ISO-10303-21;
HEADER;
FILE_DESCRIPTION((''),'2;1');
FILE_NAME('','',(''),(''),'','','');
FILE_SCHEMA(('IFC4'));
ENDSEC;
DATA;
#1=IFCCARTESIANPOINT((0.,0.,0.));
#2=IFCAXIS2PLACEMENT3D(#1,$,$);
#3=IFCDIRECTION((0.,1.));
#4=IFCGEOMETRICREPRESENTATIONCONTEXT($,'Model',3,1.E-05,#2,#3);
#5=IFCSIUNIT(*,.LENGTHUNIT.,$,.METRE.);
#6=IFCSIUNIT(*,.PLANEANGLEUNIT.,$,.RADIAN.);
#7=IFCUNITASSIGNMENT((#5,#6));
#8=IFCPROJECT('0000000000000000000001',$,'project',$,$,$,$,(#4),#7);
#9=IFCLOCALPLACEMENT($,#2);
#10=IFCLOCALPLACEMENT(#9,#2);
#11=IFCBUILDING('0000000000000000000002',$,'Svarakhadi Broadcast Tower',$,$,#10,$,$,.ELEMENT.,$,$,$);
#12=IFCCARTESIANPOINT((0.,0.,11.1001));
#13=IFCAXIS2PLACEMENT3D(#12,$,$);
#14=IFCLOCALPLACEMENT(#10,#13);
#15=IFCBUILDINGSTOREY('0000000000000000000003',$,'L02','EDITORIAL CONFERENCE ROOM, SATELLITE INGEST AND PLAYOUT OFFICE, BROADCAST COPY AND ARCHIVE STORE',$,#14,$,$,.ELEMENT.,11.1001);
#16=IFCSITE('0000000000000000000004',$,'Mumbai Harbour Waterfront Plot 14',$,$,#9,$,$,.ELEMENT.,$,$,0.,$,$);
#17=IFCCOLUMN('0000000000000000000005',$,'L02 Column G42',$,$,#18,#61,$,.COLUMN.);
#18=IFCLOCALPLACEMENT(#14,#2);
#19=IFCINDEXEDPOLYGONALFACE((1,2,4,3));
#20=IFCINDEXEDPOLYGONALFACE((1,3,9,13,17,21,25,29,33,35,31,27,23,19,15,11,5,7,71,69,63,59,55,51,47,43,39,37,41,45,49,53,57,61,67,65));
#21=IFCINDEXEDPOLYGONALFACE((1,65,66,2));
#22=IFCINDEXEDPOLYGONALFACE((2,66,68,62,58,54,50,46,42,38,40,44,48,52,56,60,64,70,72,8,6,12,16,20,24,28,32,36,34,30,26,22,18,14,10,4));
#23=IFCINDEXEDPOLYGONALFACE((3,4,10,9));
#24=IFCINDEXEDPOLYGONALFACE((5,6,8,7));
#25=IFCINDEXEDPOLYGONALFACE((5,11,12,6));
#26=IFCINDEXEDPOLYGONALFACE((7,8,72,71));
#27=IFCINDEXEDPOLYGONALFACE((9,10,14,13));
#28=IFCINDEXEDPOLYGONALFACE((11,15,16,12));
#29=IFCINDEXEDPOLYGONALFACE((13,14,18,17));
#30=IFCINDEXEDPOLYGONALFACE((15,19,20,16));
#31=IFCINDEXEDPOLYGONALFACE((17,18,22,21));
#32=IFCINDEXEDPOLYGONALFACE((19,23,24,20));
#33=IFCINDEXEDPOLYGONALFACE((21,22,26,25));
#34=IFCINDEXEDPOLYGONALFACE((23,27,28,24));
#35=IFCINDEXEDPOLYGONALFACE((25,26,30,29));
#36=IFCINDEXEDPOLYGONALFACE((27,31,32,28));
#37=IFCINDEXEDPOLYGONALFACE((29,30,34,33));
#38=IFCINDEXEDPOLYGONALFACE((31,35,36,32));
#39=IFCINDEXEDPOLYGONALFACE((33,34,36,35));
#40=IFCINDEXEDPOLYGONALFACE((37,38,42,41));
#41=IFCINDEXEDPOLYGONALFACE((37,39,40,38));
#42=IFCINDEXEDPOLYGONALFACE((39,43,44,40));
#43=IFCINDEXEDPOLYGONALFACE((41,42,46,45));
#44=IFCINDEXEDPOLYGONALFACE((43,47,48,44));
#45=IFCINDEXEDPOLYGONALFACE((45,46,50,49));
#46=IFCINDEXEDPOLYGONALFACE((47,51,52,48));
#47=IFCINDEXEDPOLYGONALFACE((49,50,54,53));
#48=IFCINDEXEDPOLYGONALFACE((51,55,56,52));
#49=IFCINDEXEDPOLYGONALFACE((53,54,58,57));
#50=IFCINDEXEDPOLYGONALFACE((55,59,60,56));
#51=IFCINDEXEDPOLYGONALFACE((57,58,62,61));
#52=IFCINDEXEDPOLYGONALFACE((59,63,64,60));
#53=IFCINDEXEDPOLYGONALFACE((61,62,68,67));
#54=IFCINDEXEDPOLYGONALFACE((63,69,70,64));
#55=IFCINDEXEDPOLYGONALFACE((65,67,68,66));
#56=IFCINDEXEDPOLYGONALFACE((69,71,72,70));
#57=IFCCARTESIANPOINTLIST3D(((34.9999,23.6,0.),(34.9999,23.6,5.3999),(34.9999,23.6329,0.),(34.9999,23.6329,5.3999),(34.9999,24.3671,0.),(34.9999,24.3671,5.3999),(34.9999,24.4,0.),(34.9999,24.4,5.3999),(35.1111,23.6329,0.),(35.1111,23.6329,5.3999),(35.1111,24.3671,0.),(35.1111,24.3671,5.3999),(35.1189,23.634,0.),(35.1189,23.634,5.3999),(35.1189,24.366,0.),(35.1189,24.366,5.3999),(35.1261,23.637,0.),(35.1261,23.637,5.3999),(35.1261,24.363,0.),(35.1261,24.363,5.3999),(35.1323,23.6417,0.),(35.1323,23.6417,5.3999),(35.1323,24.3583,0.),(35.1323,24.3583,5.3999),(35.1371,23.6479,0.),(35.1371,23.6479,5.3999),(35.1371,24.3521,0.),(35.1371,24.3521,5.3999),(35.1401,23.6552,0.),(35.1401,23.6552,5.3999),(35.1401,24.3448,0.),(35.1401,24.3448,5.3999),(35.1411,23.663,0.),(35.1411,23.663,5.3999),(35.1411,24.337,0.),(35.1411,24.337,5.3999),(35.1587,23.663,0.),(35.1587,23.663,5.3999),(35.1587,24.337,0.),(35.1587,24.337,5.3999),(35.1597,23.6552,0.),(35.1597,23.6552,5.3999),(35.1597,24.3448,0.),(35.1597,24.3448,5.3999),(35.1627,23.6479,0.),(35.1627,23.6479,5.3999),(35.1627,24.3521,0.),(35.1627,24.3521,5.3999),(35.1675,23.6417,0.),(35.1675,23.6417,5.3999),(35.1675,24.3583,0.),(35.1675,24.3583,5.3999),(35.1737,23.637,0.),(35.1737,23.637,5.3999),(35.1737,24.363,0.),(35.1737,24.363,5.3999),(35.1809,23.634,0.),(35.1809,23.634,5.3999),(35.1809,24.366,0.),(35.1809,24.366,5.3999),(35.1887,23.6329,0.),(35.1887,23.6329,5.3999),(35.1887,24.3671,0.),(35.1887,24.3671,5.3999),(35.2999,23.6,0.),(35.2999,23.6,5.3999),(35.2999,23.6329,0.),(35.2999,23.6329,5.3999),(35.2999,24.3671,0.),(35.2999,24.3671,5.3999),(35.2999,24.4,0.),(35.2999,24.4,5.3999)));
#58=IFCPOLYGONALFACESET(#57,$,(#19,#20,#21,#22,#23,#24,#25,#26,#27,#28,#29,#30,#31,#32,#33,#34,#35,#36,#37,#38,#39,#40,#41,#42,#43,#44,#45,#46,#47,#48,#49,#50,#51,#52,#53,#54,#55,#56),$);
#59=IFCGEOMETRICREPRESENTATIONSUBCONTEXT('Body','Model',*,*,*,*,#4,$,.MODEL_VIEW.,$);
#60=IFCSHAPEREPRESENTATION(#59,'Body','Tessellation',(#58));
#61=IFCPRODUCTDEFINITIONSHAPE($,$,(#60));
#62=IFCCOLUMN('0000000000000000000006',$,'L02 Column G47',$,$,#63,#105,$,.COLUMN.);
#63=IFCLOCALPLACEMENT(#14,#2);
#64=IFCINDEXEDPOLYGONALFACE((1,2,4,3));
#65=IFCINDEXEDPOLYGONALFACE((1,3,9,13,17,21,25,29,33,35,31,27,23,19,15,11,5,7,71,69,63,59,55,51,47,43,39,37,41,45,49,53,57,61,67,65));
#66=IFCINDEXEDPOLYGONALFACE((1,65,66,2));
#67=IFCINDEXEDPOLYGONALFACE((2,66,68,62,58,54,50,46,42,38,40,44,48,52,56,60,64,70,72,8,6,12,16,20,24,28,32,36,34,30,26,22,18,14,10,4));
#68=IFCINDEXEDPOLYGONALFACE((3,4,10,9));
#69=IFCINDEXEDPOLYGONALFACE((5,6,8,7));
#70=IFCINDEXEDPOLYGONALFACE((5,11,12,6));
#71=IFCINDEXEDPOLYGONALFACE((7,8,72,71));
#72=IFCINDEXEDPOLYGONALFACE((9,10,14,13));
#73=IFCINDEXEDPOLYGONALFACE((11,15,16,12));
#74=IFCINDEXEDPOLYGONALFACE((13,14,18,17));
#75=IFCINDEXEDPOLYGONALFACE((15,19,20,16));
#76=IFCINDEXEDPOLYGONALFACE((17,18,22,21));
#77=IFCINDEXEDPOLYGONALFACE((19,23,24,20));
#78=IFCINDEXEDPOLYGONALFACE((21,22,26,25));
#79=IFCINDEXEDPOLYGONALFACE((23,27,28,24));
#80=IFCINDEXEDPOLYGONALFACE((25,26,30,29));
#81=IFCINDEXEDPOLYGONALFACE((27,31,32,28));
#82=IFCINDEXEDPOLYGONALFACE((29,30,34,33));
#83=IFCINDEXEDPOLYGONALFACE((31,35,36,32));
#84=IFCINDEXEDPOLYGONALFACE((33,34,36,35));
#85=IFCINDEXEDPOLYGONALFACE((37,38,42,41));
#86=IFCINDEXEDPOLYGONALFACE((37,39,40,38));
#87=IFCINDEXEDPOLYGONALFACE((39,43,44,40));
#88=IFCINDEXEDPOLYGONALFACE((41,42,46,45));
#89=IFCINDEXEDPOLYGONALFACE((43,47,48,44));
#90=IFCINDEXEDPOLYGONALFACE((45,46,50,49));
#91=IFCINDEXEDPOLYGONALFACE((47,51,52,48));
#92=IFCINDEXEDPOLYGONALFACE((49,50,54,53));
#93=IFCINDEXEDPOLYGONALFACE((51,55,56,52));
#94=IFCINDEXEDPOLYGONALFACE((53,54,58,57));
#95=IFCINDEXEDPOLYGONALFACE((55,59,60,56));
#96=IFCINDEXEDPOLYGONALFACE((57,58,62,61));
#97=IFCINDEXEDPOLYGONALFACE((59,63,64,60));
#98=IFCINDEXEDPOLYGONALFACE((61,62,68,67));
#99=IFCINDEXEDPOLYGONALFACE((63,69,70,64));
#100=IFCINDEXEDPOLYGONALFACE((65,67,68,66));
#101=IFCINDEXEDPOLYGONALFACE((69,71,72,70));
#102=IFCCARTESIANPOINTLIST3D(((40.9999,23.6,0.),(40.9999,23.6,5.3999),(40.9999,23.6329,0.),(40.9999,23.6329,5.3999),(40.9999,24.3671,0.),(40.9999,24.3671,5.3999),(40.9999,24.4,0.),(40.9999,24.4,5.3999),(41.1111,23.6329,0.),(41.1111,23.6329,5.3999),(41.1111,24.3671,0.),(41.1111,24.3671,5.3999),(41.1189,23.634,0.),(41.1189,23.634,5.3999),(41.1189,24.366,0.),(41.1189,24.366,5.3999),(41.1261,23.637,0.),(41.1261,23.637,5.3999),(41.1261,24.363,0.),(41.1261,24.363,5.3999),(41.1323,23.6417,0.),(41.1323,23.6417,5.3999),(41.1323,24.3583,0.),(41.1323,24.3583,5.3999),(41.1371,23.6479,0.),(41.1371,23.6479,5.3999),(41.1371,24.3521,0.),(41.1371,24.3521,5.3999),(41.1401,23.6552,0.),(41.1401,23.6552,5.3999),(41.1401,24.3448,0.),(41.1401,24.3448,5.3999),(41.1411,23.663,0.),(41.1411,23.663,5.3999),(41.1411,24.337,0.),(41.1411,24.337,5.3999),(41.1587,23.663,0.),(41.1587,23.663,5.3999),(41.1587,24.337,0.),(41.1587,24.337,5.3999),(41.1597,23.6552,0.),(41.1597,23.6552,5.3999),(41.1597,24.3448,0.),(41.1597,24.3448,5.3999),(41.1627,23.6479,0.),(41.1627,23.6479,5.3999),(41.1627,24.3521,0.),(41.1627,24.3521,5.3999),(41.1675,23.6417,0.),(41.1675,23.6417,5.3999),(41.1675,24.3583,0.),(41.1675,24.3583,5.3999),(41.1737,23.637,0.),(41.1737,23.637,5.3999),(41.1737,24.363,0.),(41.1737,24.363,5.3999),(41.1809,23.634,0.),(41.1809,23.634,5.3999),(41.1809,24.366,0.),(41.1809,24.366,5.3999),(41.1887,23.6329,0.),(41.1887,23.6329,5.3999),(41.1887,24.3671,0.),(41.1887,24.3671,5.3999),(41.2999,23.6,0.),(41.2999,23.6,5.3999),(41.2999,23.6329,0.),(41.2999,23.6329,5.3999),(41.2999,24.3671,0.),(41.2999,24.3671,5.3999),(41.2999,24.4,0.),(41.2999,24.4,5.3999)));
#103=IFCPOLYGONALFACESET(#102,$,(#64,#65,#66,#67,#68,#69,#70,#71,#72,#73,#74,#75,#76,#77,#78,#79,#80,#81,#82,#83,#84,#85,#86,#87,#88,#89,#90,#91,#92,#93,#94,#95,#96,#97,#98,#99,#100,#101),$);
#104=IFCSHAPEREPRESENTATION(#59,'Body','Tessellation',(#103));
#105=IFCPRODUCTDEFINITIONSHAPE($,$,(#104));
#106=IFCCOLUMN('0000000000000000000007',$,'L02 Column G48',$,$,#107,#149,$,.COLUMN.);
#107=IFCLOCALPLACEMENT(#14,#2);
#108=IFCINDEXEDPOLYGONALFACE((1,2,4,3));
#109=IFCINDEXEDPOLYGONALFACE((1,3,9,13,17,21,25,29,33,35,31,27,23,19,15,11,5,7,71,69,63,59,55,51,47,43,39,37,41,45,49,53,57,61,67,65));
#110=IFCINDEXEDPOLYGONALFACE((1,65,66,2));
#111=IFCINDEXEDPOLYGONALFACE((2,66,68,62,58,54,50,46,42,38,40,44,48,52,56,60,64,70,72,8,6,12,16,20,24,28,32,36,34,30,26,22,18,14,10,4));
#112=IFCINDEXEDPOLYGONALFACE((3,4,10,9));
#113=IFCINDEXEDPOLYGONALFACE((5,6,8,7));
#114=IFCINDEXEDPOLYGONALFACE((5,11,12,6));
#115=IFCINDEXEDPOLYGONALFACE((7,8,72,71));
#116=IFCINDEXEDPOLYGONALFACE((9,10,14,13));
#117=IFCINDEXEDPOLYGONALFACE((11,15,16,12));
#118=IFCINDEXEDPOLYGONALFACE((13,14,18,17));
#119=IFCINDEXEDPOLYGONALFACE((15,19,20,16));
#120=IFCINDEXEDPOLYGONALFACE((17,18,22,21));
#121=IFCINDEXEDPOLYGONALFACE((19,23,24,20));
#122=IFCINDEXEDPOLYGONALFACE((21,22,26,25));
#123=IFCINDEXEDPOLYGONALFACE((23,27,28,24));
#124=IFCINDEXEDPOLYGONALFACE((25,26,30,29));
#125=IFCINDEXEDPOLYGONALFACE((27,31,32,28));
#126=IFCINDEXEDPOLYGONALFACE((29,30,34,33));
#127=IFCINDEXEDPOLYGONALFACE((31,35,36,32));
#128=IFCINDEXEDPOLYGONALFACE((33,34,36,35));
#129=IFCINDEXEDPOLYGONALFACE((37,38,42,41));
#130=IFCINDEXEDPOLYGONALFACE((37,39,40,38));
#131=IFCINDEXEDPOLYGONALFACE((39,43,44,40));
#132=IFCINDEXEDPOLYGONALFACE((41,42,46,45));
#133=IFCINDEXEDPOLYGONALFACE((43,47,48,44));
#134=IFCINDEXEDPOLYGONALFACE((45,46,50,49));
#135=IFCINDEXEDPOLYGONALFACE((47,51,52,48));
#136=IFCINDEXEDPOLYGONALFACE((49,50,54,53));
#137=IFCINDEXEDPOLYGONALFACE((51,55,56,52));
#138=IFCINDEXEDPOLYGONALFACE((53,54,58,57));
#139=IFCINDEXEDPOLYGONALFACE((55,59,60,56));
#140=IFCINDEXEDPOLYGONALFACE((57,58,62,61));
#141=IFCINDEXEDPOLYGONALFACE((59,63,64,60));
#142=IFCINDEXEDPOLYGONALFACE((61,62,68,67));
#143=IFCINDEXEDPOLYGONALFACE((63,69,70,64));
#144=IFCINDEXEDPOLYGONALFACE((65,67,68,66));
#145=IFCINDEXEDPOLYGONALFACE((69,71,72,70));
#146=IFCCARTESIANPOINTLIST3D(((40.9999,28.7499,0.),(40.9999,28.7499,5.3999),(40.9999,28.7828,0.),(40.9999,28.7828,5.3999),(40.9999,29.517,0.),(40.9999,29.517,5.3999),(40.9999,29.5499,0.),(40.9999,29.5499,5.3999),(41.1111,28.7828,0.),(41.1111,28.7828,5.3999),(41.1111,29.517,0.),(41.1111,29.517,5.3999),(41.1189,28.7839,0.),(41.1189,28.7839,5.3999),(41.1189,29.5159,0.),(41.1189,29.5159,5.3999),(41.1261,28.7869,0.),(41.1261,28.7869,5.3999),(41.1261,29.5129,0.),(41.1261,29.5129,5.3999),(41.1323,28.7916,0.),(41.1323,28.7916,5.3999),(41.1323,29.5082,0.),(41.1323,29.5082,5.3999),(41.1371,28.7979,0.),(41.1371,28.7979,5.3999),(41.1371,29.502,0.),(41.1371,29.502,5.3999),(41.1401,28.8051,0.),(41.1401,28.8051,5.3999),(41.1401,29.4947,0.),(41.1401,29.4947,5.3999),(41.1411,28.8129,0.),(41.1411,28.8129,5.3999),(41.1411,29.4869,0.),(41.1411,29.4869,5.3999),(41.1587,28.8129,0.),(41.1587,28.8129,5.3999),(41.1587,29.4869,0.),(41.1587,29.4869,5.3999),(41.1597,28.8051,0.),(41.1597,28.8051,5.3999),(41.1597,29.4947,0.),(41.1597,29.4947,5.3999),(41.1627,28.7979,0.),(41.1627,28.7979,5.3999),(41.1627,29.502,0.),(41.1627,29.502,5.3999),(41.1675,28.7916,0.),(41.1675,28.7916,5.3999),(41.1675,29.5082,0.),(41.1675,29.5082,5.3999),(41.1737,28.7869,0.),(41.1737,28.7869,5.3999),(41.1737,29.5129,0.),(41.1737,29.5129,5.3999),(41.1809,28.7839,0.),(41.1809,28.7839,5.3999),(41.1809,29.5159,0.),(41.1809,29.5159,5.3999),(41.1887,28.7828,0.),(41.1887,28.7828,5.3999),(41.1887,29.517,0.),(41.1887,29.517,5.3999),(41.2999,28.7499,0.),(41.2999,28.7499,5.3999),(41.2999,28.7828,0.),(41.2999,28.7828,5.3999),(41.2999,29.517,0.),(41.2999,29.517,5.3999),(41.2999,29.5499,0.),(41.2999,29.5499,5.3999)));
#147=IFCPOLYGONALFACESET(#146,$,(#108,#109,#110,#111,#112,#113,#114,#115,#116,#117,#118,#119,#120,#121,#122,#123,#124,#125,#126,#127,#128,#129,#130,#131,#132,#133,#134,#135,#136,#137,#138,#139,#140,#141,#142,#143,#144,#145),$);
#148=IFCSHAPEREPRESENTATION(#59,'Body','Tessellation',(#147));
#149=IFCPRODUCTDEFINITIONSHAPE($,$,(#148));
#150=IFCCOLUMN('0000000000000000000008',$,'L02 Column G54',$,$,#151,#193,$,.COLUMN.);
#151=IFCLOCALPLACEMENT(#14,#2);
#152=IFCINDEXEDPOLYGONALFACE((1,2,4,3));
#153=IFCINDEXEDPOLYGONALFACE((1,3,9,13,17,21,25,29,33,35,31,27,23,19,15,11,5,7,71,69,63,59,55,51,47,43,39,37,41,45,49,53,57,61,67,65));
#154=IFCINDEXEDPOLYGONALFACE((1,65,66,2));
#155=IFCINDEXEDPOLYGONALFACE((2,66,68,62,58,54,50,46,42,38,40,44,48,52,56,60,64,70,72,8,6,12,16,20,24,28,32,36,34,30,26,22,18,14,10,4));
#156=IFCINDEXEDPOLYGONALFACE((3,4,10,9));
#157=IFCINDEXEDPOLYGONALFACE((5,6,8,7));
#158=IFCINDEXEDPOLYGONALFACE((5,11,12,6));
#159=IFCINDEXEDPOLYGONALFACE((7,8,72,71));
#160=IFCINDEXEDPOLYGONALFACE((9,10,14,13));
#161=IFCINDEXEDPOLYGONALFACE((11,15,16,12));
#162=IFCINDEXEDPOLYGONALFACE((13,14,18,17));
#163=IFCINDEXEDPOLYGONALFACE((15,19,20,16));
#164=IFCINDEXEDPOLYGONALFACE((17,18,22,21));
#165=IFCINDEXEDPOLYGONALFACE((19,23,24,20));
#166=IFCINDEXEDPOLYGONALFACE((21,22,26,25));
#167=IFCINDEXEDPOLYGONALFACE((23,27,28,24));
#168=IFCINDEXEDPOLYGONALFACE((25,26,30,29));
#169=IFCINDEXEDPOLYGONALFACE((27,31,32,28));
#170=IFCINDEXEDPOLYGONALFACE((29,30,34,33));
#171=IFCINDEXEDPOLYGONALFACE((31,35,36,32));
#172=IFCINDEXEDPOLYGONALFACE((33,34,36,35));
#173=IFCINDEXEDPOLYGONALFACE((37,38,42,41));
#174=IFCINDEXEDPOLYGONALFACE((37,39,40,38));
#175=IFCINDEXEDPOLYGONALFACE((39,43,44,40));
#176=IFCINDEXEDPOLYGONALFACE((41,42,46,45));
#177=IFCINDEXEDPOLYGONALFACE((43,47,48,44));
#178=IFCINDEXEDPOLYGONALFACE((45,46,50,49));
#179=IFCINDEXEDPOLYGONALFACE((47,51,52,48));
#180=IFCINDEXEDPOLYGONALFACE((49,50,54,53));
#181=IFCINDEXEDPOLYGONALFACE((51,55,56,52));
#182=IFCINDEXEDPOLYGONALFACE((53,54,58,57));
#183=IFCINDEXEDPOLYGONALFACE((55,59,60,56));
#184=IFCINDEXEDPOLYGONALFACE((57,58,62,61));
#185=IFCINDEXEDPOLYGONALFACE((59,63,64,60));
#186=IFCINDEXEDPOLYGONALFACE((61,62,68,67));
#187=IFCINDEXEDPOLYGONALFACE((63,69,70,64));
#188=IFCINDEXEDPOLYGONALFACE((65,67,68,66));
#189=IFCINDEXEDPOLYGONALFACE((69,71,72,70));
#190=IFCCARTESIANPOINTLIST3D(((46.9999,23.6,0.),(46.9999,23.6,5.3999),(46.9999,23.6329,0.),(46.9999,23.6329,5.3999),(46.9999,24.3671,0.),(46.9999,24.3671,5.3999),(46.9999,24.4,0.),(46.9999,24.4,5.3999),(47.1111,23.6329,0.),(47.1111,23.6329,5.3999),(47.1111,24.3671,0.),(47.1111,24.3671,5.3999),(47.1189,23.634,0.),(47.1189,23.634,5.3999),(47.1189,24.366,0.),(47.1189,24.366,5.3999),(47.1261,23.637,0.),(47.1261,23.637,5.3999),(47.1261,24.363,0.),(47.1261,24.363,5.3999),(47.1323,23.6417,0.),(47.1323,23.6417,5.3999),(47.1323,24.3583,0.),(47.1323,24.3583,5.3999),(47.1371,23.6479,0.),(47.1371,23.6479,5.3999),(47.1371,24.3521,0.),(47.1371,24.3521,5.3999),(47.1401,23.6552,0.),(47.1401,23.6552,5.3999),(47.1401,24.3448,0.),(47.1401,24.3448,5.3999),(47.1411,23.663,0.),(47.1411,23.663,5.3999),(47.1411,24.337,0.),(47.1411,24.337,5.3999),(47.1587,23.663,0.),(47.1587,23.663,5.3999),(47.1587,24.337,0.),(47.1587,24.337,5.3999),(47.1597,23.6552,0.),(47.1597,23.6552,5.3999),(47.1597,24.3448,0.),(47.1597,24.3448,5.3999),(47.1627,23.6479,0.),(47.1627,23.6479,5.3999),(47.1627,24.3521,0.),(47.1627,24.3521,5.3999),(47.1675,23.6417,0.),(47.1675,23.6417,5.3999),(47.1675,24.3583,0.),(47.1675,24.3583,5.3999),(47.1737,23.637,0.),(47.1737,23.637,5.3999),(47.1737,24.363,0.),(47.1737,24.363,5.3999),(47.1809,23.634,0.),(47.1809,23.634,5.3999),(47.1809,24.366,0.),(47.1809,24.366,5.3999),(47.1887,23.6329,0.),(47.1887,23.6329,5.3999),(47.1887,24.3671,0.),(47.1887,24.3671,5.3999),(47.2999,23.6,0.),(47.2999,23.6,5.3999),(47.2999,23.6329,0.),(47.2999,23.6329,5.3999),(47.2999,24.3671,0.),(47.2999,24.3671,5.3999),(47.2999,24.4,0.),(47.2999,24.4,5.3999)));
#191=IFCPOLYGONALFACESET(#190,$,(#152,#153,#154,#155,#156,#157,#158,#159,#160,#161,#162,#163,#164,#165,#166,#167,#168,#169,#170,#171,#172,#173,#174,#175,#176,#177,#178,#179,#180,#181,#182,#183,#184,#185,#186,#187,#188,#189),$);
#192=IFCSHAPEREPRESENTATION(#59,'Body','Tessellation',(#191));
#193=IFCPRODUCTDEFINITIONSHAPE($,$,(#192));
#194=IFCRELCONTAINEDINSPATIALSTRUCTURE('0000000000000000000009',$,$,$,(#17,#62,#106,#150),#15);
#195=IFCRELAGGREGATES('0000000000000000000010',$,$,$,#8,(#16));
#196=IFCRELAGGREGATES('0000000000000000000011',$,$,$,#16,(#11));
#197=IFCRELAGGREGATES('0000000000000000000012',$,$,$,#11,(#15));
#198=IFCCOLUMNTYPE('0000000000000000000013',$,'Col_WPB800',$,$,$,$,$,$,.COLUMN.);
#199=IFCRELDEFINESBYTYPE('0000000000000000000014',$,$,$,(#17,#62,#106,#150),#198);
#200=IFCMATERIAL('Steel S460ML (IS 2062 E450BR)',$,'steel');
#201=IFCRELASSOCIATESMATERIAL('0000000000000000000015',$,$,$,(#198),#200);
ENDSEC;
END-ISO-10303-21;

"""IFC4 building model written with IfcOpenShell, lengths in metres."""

from ifc_helpers import new_model, si_unit, direction, frame, origin, origin_2d, place, context, subcontext, project, spatial, i_section, extrude, material, material_profile, profile_set, type_object, element, save


model = new_model("IFC4")

# Units and contexts
model_context = context("Model", 3, precision=1e-05, world=origin(), true_north=direction((0.0, 1.0)))
body_context = subcontext(model_context, "Body", "Model", "MODEL_VIEW")
ifc_project = project(units=[si_unit("LENGTHUNIT", "METRE"), si_unit("PLANEANGLEUNIT", "RADIAN")], contexts=[model_context])

# Site, building, storey
site_placement = place(None, origin())
site = spatial("IfcSite", under=ifc_project, at=site_placement, Name="Mumbai Harbour Waterfront Plot 14", CompositionType="ELEMENT", RefElevation=0.0)
building_placement = place(site_placement, origin())
building = spatial("IfcBuilding", under=site, at=building_placement, Name="Svarakhadi Broadcast Tower", CompositionType="ELEMENT")
storey_placement = place(building_placement, frame((0.0, 0.0, 11.1001)))
storey = spatial("IfcBuildingStorey", under=building, at=storey_placement, Name="L02", Description="EDITORIAL CONFERENCE ROOM, SATELLITE INGEST AND PLAYOUT OFFICE, BROADCAST COPY AND ARCHIVE STORE", CompositionType="ELEMENT", Elevation=11.1001)

# Columns
ifc_material_1 = material(Name="Steel S460ML (IS 2062 E450BR)", Category="steel")
ifc_material_profile_1 = material_profile(ifc_material_1, i_section(OverallWidth=0.3, OverallDepth=0.8, WebThickness=0.0176, FlangeThickness=0.033, FilletRadius=0.03, at=origin_2d()), Name="WPB 800x300x262")
ifc_profile_set_1 = profile_set([ifc_material_profile_1], Name="Steel S460ML (IS 2062 E450BR)")
column_type = type_object("IfcColumnType", Name="Col_WPB800", PredefinedType="COLUMN", material=ifc_profile_set_1)
for number, where, z_axis, x_axis, name in (
    (1, (35.1499, 24.0, 0.0), (0.0, 0.0, 1.0), (1.0, 0.0, 0.0), "L02 Column G42"),
    (2, (41.1499, 24.0, 0.0), (0.0, 0.0, 1.0), (1.0, 0.0, 0.0), "L02 Column G47"),
    (3, (41.1499, 29.1499, 0.0), (0.0, 0.0, 1.0), (1.0, 0.0, 0.0), "L02 Column G48"),
    (4, (47.1499, 24.0, 0.0), (0.0, 0.0, 1.0), (1.0, 0.0, 0.0), "L02 Column G54"),
):
    element("IfcColumn", number, at=place(storey_placement, frame(where, z_axis=z_axis, x_axis=x_axis)), inside=storey, type_object=column_type, Name=name, PredefinedType="COLUMN", context=body_context, shape_type="SweptSolid", body=[
        extrude(i_section(OverallWidth=0.3, OverallDepth=0.8, WebThickness=0.0176, FlangeThickness=0.033, FilletRadius=0.03, at=origin_2d()), origin(), (0.0, 0.0, 1.0), 5.3999),
    ])

save(model, "model.ifc")
